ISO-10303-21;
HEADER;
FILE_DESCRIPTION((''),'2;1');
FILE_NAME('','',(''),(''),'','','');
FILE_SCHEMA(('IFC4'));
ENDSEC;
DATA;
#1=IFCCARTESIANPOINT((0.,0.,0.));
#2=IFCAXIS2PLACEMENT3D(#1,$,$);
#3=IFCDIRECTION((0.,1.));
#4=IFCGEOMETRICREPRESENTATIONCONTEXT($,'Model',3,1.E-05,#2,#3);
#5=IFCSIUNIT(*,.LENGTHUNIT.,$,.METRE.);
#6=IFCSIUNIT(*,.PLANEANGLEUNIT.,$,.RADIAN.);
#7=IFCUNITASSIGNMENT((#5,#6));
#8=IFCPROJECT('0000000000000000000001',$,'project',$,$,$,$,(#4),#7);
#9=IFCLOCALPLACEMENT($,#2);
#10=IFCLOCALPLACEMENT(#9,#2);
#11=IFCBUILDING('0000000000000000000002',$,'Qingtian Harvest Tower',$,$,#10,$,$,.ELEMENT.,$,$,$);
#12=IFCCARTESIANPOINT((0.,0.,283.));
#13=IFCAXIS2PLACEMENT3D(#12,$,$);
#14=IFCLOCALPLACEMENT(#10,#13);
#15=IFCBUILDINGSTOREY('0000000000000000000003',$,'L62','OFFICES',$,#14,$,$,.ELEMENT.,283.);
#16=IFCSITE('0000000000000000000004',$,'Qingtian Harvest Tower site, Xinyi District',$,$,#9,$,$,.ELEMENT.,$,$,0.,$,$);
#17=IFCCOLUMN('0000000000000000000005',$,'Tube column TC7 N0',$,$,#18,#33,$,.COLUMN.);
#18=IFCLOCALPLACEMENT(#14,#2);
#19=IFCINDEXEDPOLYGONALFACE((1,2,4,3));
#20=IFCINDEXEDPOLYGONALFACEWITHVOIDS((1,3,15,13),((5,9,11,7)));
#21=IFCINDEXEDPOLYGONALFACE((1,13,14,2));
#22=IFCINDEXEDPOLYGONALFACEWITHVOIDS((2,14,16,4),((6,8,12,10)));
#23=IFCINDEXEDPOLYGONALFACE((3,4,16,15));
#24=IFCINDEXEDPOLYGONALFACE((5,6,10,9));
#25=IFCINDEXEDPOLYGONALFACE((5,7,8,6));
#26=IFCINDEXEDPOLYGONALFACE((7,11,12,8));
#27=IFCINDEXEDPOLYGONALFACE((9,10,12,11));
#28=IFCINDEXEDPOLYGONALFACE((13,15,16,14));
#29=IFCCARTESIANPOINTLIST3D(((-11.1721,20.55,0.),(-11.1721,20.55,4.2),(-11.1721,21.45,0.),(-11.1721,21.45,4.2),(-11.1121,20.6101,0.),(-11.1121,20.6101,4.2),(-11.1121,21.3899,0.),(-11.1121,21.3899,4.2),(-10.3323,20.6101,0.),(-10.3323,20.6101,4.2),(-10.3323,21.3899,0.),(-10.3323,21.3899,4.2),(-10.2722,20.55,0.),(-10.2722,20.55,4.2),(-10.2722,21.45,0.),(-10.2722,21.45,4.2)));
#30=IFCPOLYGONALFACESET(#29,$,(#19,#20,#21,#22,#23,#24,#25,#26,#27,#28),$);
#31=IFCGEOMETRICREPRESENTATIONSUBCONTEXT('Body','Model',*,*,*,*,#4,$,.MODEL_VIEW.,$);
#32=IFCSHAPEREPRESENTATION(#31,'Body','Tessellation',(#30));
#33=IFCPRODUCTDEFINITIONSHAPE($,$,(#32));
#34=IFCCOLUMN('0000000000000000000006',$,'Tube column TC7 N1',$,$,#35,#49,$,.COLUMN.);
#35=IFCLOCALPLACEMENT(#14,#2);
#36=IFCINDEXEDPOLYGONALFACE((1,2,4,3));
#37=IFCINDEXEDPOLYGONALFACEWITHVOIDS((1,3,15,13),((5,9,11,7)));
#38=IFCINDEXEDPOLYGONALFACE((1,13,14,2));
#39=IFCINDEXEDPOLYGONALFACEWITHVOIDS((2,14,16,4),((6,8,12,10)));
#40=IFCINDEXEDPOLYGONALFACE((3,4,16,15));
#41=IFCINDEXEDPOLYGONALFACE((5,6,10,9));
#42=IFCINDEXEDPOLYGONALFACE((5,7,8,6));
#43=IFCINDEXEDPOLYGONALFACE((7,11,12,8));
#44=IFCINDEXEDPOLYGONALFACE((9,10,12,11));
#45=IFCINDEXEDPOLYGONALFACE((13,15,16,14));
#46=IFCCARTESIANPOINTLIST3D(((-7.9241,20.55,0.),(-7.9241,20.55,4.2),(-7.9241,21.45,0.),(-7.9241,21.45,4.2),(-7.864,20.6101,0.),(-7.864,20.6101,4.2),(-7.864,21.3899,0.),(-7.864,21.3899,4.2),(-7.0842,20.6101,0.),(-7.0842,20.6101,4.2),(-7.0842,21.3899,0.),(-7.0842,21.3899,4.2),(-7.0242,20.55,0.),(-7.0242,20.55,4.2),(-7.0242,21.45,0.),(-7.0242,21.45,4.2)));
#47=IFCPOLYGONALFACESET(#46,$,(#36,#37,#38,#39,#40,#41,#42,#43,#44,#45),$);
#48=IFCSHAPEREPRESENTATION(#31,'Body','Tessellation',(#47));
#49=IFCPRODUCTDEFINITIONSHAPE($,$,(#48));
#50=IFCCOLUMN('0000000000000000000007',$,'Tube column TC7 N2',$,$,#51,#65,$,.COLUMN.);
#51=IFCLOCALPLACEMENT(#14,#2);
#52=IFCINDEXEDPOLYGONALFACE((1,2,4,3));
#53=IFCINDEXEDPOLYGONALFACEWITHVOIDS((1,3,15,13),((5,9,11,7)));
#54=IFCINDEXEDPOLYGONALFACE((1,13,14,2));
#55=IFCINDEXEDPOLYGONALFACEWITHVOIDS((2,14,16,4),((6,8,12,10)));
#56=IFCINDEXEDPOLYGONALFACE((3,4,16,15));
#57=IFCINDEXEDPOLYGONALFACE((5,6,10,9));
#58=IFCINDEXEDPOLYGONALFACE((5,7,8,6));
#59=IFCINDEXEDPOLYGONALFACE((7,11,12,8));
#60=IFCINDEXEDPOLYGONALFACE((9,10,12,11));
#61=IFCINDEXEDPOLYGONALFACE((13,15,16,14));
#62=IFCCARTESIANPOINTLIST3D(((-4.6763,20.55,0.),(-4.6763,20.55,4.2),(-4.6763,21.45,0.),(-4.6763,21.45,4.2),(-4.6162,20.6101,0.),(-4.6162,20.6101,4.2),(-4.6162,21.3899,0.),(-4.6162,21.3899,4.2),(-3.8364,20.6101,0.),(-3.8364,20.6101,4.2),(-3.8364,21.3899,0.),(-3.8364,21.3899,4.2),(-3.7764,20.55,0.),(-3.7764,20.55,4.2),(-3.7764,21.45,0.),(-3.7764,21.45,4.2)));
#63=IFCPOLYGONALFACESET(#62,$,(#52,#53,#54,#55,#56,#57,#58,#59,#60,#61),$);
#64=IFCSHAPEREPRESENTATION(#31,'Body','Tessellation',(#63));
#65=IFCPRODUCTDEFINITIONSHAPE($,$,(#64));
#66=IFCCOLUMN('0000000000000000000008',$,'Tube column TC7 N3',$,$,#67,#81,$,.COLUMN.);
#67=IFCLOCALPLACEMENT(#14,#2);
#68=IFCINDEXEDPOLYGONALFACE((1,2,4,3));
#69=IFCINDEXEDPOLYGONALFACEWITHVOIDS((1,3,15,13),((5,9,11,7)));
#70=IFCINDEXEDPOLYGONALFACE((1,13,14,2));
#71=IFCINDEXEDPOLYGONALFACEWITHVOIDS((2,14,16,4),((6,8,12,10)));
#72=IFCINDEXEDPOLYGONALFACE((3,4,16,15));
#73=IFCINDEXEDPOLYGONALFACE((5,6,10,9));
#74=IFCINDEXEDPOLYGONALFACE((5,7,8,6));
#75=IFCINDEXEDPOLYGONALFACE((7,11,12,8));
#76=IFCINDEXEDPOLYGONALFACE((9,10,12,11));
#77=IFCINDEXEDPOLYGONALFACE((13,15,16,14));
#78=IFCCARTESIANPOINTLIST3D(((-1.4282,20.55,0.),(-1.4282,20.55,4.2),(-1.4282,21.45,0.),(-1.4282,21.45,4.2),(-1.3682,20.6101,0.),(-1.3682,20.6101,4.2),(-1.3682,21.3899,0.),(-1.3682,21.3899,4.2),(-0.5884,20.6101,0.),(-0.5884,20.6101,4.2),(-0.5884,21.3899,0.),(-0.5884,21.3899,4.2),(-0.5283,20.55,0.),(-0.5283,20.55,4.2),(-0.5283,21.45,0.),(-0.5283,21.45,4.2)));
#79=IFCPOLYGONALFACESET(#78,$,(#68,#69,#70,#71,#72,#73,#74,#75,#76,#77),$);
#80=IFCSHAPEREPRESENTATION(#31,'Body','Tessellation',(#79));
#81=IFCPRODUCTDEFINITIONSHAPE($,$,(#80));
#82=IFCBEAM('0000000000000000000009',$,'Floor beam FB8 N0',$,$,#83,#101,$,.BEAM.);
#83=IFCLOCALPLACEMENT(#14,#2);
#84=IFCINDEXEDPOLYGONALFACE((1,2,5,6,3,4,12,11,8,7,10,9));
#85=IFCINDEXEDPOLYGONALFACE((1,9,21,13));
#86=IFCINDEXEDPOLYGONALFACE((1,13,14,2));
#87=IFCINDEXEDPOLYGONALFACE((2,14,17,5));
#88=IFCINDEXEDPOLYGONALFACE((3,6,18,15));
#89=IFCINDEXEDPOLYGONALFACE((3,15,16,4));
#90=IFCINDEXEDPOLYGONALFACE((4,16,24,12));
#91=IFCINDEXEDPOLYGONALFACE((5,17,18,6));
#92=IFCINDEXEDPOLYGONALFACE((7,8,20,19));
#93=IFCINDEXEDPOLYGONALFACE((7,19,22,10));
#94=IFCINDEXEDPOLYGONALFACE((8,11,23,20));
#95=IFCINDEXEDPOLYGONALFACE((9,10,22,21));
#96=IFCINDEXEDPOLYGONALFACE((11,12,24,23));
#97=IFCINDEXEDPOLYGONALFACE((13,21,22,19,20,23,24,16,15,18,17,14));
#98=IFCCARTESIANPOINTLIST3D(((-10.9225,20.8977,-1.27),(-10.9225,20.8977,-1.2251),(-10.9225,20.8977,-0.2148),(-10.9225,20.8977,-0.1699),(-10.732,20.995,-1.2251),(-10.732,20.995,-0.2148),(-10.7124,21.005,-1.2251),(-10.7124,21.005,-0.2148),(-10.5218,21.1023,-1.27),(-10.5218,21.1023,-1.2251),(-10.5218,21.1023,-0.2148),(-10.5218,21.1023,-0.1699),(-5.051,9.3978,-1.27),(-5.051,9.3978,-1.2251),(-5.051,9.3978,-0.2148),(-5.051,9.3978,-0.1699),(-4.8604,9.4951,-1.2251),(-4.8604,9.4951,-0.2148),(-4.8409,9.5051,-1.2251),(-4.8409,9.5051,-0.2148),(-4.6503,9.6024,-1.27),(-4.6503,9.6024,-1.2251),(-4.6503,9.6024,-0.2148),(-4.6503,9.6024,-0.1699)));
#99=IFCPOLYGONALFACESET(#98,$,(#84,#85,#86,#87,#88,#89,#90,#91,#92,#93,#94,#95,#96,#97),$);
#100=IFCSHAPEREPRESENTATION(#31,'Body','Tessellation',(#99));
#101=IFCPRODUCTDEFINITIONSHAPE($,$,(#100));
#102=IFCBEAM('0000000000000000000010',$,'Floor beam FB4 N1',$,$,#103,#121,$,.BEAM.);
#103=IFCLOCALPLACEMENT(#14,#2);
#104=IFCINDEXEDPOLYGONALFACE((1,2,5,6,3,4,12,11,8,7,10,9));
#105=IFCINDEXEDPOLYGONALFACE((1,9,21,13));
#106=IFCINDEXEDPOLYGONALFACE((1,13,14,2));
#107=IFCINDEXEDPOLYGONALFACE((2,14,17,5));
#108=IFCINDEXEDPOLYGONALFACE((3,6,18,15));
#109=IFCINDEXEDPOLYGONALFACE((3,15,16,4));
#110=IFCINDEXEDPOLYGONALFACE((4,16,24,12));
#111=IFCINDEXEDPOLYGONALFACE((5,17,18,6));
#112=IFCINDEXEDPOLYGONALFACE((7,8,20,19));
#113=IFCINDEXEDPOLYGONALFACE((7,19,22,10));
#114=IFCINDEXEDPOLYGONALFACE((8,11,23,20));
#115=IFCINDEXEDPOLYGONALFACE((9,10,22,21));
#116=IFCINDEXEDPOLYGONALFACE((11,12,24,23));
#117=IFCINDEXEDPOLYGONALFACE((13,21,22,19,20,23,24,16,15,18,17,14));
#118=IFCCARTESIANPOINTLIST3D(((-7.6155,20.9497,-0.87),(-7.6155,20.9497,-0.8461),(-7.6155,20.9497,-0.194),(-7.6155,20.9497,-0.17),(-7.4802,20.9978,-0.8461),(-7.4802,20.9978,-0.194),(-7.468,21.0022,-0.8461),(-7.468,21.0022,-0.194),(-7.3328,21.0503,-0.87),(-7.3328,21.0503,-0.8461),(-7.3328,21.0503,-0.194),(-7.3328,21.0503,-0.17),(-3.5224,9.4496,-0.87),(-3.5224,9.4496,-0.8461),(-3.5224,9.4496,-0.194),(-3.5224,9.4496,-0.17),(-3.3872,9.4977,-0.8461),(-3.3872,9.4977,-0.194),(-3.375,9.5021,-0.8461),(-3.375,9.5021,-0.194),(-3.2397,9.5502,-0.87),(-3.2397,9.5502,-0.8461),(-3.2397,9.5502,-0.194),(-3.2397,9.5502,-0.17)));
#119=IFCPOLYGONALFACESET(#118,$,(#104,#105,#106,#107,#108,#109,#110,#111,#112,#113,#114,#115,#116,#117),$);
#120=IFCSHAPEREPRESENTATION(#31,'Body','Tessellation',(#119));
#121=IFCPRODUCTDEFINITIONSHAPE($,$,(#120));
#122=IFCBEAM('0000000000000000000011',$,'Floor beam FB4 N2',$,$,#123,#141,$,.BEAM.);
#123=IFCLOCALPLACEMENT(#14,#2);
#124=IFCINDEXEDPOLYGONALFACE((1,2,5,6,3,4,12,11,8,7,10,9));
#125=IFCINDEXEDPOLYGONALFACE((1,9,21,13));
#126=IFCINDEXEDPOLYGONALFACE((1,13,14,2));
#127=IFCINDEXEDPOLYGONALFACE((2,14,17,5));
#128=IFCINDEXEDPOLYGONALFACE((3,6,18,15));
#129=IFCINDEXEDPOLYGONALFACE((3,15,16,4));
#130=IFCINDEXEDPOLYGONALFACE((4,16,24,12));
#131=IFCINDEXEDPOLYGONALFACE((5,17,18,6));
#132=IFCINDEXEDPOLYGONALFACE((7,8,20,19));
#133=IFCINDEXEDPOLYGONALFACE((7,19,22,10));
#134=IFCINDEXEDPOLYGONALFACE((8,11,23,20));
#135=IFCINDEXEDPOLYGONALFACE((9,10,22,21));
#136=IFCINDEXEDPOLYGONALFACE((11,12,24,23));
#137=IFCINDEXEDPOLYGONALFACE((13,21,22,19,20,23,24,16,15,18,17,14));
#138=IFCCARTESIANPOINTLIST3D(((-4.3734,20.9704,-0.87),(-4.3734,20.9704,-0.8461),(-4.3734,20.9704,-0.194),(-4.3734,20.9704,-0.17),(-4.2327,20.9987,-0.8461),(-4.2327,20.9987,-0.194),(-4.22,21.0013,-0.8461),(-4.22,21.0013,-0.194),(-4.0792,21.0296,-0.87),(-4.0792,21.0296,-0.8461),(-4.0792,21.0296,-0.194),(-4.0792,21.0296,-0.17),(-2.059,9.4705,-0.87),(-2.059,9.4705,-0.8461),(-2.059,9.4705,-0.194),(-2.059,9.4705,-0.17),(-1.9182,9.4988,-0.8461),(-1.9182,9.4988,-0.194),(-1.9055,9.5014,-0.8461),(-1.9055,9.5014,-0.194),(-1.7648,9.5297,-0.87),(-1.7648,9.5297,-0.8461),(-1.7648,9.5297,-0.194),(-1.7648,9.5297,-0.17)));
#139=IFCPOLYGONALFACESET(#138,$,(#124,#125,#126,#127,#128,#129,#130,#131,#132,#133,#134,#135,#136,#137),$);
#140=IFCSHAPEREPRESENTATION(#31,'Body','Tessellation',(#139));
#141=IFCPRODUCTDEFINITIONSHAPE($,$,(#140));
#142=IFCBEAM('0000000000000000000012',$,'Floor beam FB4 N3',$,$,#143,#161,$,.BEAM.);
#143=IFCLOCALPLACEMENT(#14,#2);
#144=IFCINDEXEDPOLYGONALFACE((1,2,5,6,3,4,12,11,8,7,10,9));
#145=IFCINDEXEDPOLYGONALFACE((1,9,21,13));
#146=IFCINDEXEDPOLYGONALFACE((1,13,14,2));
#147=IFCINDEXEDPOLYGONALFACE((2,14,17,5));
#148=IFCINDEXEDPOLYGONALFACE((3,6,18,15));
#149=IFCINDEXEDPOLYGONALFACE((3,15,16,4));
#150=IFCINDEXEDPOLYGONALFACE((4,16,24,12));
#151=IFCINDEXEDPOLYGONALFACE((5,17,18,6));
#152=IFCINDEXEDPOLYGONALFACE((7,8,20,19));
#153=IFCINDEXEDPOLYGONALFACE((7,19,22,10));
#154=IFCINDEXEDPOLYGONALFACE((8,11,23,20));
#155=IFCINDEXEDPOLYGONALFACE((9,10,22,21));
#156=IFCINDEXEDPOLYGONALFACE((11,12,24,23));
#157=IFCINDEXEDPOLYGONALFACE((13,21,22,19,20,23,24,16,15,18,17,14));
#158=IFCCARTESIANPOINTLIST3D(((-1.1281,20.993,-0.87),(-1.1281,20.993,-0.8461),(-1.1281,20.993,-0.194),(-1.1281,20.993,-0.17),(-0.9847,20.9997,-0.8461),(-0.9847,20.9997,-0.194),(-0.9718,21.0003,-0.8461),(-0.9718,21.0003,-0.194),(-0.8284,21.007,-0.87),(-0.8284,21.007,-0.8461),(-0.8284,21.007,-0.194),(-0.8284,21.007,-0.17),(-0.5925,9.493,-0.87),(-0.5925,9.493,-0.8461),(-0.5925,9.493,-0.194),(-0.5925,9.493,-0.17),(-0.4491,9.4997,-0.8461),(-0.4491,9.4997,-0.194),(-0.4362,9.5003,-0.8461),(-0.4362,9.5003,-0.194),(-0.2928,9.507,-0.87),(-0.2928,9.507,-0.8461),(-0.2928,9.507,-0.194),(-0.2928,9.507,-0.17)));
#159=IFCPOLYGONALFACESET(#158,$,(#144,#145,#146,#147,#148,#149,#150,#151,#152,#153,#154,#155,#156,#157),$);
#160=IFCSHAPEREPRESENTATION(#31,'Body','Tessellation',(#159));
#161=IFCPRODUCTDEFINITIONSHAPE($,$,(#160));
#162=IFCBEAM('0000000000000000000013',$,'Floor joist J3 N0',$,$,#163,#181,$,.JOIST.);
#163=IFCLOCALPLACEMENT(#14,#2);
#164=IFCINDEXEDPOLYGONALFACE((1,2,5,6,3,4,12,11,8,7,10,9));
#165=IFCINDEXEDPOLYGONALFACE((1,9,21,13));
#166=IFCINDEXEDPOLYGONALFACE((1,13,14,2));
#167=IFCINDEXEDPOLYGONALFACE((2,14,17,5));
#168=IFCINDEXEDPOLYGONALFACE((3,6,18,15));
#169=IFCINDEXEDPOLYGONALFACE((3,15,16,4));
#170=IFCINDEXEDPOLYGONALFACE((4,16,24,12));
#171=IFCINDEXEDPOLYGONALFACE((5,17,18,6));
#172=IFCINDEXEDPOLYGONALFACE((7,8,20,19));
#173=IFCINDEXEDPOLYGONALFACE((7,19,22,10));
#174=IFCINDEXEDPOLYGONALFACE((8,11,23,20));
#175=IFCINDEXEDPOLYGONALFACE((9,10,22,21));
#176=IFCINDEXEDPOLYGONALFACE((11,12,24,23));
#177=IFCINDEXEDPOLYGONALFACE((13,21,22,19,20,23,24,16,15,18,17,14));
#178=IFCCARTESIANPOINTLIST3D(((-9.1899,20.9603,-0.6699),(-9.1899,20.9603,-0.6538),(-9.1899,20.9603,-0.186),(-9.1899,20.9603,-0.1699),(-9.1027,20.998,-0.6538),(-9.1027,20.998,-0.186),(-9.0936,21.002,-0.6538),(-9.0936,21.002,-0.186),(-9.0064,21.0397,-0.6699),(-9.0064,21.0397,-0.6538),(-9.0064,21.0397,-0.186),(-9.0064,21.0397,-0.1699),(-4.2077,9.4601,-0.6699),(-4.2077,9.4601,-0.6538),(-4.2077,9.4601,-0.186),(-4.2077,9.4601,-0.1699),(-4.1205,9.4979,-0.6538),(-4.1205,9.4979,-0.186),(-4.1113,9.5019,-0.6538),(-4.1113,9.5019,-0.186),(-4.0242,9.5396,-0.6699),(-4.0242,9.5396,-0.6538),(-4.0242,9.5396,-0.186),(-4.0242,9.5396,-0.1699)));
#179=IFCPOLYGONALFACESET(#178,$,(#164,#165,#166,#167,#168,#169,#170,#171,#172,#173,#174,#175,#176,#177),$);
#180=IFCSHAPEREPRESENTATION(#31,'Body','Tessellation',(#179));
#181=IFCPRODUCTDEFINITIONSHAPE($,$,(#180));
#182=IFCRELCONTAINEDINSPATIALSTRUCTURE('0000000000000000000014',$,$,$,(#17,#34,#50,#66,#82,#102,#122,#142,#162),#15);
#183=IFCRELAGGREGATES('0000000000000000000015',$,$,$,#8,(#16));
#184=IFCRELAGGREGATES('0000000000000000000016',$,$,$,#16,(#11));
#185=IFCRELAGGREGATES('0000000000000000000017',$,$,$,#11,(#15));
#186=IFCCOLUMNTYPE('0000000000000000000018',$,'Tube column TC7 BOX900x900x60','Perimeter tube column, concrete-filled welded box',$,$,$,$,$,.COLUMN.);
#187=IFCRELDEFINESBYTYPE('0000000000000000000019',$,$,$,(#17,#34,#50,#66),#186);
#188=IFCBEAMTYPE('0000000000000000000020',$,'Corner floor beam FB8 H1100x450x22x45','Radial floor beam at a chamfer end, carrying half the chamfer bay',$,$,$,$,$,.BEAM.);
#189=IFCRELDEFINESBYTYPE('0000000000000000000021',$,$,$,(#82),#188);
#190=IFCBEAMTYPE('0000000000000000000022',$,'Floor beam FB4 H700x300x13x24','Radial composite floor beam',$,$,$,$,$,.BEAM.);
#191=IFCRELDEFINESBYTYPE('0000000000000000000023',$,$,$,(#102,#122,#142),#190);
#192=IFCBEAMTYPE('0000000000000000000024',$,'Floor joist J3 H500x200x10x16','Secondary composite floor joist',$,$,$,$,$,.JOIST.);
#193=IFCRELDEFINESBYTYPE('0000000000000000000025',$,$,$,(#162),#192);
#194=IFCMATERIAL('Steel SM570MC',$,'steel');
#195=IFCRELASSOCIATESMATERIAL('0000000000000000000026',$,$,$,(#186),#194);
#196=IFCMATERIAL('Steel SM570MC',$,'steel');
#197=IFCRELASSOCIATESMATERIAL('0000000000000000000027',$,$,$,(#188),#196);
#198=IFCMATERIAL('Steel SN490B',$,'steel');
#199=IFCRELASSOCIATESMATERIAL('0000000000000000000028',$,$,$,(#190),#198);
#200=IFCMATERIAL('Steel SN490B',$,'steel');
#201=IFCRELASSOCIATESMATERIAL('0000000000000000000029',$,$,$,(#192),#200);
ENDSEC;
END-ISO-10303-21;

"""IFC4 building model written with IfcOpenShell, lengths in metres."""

from ifc_helpers import new_model, si_unit, direction, frame, origin, origin_2d, place, context, subcontext, project, spatial, hollow_rectangle, i_section, extrude, material, material_profile, profile_set, type_object, element, save


model = new_model("IFC4")

# Units and contexts
model_context = context("Model", 3, precision=1e-05, world=origin(), true_north=direction((0.0, 1.0)))
body_context = subcontext(model_context, "Body", "Model", "MODEL_VIEW")
ifc_project = project(units=[si_unit("LENGTHUNIT", "METRE"), si_unit("PLANEANGLEUNIT", "RADIAN")], contexts=[model_context])

# Site, building, storey
site_placement = place(None, origin())
site = spatial("IfcSite", under=ifc_project, at=site_placement, Name="Qingtian Harvest Tower site, Xinyi District", CompositionType="ELEMENT", RefElevation=0.0)
building_placement = place(site_placement, origin())
building = spatial("IfcBuilding", under=site, at=building_placement, Name="Qingtian Harvest Tower", CompositionType="ELEMENT")
storey_placement = place(building_placement, frame((0.0, 0.0, 283.0)))
storey = spatial("IfcBuildingStorey", under=building, at=storey_placement, Name="L62", Description="OFFICES", CompositionType="ELEMENT", Elevation=283.0)

# Columns
ifc_material_1 = material(Name="Steel SM570MC", Category="steel")
ifc_material_profile_1 = material_profile(ifc_material_1, hollow_rectangle(XDim=0.8999, YDim=0.8999, WallThickness=0.0601, at=origin_2d()), Name="BOX900x900x60")
ifc_profile_set_1 = profile_set([ifc_material_profile_1], Name="Steel SM570MC")
column_type = type_object("IfcColumnType", Name="Tube column TC7 BOX900x900x60", Description="Perimeter tube column, concrete-filled welded box", PredefinedType="COLUMN", material=ifc_profile_set_1)
for number, where, z_axis, x_axis, name in (
    (1, (-10.7222, 21.0, 0.0), (0.0, 0.0, 1.0), (-1.0, 0.0, 0.0), "Tube column TC7 N0"),
    (2, (-7.4741, 21.0, 0.0), (0.0, 0.0, 1.0), (-1.0, 0.0, 0.0), "Tube column TC7 N1"),
    (3, (-4.2263, 21.0, 0.0), (0.0, 0.0, 1.0), (-1.0, 0.0, 0.0), "Tube column TC7 N2"),
    (4, (-0.9783, 21.0, 0.0), (0.0, 0.0, 1.0), (-1.0, 0.0, 0.0), "Tube column TC7 N3"),
):
    element("IfcColumn", number, at=place(storey_placement, frame(where, z_axis=z_axis, x_axis=x_axis)), inside=storey, type_object=column_type, Name=name, PredefinedType="COLUMN", context=body_context, shape_type="SweptSolid", body=[
        extrude(hollow_rectangle(XDim=0.8999, YDim=0.8999, WallThickness=0.0601, at=origin_2d()), origin(), (0.0, 0.0, 1.0), 4.2),
    ])

# Beams
ifc_material_2 = material(Name="Steel SM570MC", Category="steel")
ifc_material_profile_2 = material_profile(ifc_material_2, i_section(OverallWidth=0.45, OverallDepth=1.1001, WebThickness=0.022, FlangeThickness=0.0449, at=origin_2d()), Name="H1100x450x22x45")
ifc_profile_set_2 = profile_set([ifc_material_profile_2], Name="Steel SM570MC")
beam_type_1 = type_object("IfcBeamType", Name="Corner floor beam FB8 H1100x450x22x45", Description="Radial floor beam at a chamfer end, carrying half the chamfer bay", PredefinedType="BEAM", material=ifc_profile_set_2)
beam_1_placement = place(storey_placement, frame((-10.7222, 21.0, -0.72), z_axis=(0.454731, -0.890629, 0.0), x_axis=(0.890629, 0.454731, 0.0)))
element("IfcBeam", 5, at=beam_1_placement, inside=storey, type_object=beam_type_1, Name="Floor beam FB8 N0", PredefinedType="BEAM", context=body_context, shape_type="SweptSolid", body=[
    extrude(i_section(OverallWidth=0.45, OverallDepth=1.1001, WebThickness=0.022, FlangeThickness=0.0449, at=origin_2d()), origin(), (0.0, 0.0, 1.0), 12.9121),
])
ifc_material_3 = material(Name="Steel SN490B", Category="steel")
ifc_material_profile_3 = material_profile(ifc_material_3, i_section(OverallWidth=0.3, OverallDepth=0.7, WebThickness=0.0129, FlangeThickness=0.0239, at=origin_2d()), Name="H700x300x13x24")
ifc_profile_set_3 = profile_set([ifc_material_profile_3], Name="Steel SN490B")
beam_type_2 = type_object("IfcBeamType", Name="Floor beam FB4 H700x300x13x24", Description="Radial composite floor beam", PredefinedType="BEAM", material=ifc_profile_set_3)
beam_2_placement = place(storey_placement, frame((-7.4741, 21.0, -0.52), z_axis=(0.33531, -0.942108, 0.0), x_axis=(0.942108, 0.33531, 0.0)))
element("IfcBeam", 6, at=beam_2_placement, inside=storey, type_object=beam_type_2, Name="Floor beam FB4 N1", PredefinedType="BEAM", context=body_context, shape_type="SweptSolid", body=[
    extrude(i_section(OverallWidth=0.3, OverallDepth=0.7, WebThickness=0.0129, FlangeThickness=0.0239, at=origin_2d()), origin(), (0.0, 0.0, 1.0), 12.2068),
])
beam_3_placement = place(storey_placement, frame((-4.2263, 21.0, -0.52), z_axis=(0.197301, -0.980343, 0.0), x_axis=(0.980343, 0.197301, 0.0)))
element("IfcBeam", 7, at=beam_3_placement, inside=storey, type_object=beam_type_2, Name="Floor beam FB4 N2", PredefinedType="BEAM", context=body_context, shape_type="SweptSolid", body=[
    extrude(i_section(OverallWidth=0.3, OverallDepth=0.7, WebThickness=0.0129, FlangeThickness=0.0239, at=origin_2d()), origin(), (0.0, 0.0, 1.0), 11.7305),
])
beam_4_placement = place(storey_placement, frame((-0.9783, 21.0, -0.52), z_axis=(0.046527, -0.998917, 0.0), x_axis=(0.998917, 0.046527, 0.0)))
element("IfcBeam", 8, at=beam_4_placement, inside=storey, type_object=beam_type_2, Name="Floor beam FB4 N3", PredefinedType="BEAM", context=body_context, shape_type="SweptSolid", body=[
    extrude(i_section(OverallWidth=0.3, OverallDepth=0.7, WebThickness=0.0129, FlangeThickness=0.0239, at=origin_2d()), origin(), (0.0, 0.0, 1.0), 11.5125),
])
ifc_material_4 = material(Name="Steel SN490B", Category="steel")
ifc_material_profile_4 = material_profile(ifc_material_4, i_section(OverallWidth=0.2, OverallDepth=0.5, WebThickness=0.01, FlangeThickness=0.0161, at=origin_2d()), Name="H500x200x10x16")
ifc_profile_set_4 = profile_set([ifc_material_profile_4], Name="Steel SN490B")
beam_type_3 = type_object("IfcBeamType", Name="Floor joist J3 H500x200x10x16", Description="Secondary composite floor joist", PredefinedType="JOIST", material=ifc_profile_set_4)
beam_5_placement = place(storey_placement, frame((-9.0981, 21.0, -0.4199), z_axis=(0.39753, -0.917589, 0.0), x_axis=(0.917589, 0.39753, 0.0)))
element("IfcBeam", 9, at=beam_5_placement, inside=storey, type_object=beam_type_3, Name="Floor joist J3 N0", PredefinedType="JOIST", context=body_context, shape_type="SweptSolid", body=[
    extrude(i_section(OverallWidth=0.2, OverallDepth=0.5, WebThickness=0.01, FlangeThickness=0.0161, at=origin_2d()), origin(), (0.0, 0.0, 1.0), 12.533),
])

save(model, "model.ifc")
